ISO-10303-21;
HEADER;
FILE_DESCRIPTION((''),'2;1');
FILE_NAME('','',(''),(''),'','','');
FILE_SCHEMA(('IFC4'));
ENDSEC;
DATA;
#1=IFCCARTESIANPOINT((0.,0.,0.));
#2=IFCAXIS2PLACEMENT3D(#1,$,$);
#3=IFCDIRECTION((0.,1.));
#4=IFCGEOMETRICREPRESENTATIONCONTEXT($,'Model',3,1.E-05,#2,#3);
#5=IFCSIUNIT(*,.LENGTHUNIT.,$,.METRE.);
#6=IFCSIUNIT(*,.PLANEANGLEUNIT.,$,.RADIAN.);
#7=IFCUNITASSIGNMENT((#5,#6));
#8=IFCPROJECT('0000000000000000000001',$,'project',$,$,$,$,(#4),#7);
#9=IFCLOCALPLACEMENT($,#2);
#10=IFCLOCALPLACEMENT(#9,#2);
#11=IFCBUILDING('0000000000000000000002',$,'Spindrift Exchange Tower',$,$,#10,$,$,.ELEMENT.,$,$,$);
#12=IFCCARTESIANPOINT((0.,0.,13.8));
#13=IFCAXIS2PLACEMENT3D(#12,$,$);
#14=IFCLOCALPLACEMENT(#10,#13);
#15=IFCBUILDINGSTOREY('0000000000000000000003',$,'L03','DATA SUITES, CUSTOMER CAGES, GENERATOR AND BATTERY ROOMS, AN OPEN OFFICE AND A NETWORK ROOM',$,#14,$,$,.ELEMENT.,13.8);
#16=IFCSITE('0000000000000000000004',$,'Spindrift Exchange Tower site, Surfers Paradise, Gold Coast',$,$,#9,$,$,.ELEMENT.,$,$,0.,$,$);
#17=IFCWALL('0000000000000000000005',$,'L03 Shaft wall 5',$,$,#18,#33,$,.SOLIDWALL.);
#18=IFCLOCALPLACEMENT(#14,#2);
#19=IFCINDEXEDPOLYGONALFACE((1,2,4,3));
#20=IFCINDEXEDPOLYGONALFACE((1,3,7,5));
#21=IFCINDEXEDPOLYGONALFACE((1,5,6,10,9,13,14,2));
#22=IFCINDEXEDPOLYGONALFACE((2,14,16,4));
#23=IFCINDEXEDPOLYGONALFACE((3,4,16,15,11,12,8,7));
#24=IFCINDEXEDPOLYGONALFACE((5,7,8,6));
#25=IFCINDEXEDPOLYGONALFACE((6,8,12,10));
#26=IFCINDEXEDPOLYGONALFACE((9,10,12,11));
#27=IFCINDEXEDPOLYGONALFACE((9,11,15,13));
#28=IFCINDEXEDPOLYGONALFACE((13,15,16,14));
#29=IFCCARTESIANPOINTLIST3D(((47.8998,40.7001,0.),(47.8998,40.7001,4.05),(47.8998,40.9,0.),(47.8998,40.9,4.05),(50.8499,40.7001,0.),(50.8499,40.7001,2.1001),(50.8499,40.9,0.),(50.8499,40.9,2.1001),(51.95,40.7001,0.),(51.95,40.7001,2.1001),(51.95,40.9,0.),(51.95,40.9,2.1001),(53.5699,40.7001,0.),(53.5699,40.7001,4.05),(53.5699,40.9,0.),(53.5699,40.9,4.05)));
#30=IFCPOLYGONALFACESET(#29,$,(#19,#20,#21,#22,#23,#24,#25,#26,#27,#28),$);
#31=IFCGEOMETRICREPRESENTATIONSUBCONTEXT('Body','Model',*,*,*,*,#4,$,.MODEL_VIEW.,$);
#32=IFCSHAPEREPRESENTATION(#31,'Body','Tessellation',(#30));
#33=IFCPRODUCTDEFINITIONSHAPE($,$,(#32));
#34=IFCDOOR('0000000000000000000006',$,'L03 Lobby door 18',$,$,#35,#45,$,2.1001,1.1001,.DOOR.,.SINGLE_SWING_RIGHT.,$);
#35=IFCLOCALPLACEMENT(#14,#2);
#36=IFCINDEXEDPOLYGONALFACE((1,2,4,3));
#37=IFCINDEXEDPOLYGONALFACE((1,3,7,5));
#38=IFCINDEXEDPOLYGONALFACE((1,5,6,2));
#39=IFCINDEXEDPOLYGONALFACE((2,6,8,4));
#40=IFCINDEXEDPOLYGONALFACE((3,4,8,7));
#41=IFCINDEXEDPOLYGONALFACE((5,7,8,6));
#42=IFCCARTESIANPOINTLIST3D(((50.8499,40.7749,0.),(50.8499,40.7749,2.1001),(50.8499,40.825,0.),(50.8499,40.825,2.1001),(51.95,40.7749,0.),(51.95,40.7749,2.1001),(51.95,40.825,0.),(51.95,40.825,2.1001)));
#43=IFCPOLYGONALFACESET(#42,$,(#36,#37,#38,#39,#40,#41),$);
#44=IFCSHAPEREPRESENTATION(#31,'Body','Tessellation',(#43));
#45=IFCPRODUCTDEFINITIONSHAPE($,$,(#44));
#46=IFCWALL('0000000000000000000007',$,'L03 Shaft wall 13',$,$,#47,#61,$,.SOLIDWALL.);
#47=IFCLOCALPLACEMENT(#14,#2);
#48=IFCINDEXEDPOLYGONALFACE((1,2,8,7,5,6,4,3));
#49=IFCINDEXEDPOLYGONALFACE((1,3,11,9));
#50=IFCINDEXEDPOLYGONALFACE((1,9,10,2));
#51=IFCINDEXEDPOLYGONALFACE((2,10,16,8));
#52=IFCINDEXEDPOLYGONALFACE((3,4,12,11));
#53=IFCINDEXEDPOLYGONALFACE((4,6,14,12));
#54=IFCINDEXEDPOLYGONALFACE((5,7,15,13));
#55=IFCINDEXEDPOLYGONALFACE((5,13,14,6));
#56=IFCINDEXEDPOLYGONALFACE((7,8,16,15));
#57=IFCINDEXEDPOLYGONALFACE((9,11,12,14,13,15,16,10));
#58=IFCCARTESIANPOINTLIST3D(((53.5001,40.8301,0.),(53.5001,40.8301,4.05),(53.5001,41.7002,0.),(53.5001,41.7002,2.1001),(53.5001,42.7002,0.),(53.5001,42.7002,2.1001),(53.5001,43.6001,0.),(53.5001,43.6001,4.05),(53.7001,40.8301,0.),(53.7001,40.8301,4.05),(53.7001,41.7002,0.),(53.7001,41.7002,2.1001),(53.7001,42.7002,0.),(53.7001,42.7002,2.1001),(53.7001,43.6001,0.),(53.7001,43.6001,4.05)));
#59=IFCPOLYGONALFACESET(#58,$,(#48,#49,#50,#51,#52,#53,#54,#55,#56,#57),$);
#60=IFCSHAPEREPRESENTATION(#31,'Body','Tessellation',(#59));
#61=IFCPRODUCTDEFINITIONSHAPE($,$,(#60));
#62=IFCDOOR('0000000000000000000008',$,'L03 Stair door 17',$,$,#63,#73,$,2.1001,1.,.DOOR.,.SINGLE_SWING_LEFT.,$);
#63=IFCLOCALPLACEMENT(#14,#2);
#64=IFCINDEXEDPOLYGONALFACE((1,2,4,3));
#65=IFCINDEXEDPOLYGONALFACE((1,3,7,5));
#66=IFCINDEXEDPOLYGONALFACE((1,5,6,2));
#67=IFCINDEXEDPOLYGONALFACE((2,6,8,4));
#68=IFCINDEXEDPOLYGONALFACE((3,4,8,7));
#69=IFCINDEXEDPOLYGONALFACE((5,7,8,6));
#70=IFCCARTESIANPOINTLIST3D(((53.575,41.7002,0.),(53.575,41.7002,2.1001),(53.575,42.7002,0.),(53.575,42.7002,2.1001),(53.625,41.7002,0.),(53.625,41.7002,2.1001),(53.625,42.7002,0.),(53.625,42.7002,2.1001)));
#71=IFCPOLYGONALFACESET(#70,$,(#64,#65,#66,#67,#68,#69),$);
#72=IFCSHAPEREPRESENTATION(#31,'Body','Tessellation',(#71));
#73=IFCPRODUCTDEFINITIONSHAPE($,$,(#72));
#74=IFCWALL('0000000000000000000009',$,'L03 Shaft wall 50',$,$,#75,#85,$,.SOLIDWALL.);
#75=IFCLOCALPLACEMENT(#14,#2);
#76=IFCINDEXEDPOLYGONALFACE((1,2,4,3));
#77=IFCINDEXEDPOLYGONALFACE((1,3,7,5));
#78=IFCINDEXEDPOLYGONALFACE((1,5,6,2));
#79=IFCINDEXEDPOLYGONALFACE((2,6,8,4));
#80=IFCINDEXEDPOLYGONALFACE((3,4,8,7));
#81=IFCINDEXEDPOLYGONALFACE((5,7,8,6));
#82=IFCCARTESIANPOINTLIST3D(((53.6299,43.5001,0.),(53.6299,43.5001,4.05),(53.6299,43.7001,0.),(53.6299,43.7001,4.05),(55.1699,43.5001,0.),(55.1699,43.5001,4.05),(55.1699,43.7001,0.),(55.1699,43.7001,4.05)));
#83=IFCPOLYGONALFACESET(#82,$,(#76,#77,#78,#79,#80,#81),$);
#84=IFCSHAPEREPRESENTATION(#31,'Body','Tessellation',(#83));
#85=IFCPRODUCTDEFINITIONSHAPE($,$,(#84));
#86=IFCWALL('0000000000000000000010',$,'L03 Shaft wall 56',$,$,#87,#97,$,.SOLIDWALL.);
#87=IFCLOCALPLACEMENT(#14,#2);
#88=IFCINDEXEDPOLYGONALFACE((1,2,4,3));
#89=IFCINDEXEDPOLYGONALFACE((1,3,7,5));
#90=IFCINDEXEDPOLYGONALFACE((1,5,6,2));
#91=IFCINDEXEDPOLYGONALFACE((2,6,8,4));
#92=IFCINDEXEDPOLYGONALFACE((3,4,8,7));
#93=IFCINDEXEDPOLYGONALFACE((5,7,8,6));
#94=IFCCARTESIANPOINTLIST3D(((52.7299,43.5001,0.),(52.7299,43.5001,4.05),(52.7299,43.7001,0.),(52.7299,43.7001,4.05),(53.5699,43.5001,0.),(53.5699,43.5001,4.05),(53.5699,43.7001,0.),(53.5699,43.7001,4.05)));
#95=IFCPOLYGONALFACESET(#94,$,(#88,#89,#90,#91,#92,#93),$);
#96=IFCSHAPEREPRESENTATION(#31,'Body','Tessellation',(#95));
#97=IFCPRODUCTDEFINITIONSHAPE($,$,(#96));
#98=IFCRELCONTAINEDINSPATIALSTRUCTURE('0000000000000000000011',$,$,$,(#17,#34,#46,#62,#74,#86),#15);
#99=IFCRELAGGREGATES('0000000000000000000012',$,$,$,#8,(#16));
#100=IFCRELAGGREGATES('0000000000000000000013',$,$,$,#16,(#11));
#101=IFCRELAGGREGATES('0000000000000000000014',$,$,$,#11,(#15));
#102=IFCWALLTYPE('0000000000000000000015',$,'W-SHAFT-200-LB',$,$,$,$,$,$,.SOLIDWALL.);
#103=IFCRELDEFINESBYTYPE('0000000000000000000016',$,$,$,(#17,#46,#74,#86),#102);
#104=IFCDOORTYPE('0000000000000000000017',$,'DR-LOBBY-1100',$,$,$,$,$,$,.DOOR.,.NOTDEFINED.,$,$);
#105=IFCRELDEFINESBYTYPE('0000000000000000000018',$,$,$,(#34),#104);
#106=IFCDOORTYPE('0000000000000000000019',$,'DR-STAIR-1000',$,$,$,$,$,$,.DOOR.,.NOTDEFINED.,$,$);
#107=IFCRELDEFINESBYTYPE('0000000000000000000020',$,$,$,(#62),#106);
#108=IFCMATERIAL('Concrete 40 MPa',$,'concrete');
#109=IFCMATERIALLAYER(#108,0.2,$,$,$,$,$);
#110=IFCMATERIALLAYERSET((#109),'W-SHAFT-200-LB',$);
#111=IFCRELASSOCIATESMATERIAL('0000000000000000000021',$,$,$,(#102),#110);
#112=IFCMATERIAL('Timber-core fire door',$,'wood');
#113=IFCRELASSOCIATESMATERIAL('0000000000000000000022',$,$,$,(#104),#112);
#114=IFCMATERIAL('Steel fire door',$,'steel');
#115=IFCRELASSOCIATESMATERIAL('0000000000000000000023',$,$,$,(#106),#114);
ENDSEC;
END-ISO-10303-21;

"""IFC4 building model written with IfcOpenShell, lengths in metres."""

from ifc_helpers import new_model, si_unit, direction, frame, frame_2d, origin, place, context, subcontext, project, spatial, rectangle, extrude, source, transform, mapped, material, layer, layer_set, type_object, element, fill, save


model = new_model("IFC4")

# Units and contexts
model_context = context("Model", 3, precision=1e-05, world=origin(), true_north=direction((0.0, 1.0)))
body_context = subcontext(model_context, "Body", "Model", "MODEL_VIEW")
ifc_project = project(units=[si_unit("LENGTHUNIT", "METRE"), si_unit("PLANEANGLEUNIT", "RADIAN")], contexts=[model_context])

# Site, building, storey
site_placement = place(None, origin())
site = spatial("IfcSite", under=ifc_project, at=site_placement, Name="Spindrift Exchange Tower site, Surfers Paradise, Gold Coast", CompositionType="ELEMENT", RefElevation=0.0)
building_placement = place(site_placement, origin())
building = spatial("IfcBuilding", under=site, at=building_placement, Name="Spindrift Exchange Tower", CompositionType="ELEMENT")
storey_placement = place(building_placement, frame((0.0, 0.0, 13.8)))
storey = spatial("IfcBuildingStorey", under=building, at=storey_placement, Name="L03", Description="DATA SUITES, CUSTOMER CAGES, GENERATOR AND BATTERY ROOMS, AN OPEN OFFICE AND A NETWORK ROOM", CompositionType="ELEMENT", Elevation=13.8)

# Shared definitions
ifc_material_1 = material(Name="Concrete 40 MPa", Category="concrete")

# Walls, openings, doors
ifc_layer_1 = layer(ifc_material_1, 0.2)
ifc_layer_set_1 = layer_set([ifc_layer_1], Name="W-SHAFT-200-LB")
wall_type_1 = type_object("IfcWallType", Name="W-SHAFT-200-LB", PredefinedType="SOLIDWALL", material=ifc_layer_set_1)
ifc_material_2 = material(Name="Steel fire door", Category="steel")
wall_1_placement = place(storey_placement, frame((47.8999, 40.8, 0.0), z_axis=(0.0, 0.0, 1.0), x_axis=(1.0, 0.0, 0.0)))
wall_1 = element("IfcWall", 1, at=wall_1_placement, inside=storey, type_object=wall_type_1, Name="L03 Shaft wall 5", PredefinedType="SOLIDWALL", context=body_context, shape_type="SweptSolid", body=[
    extrude(rectangle(XDim=5.6702, YDim=0.2, at=frame_2d((2.835, 0.0))), origin(), (0.0, 0.0, 1.0), 4.05),
])
opening_1_placement = place(wall_1_placement, frame((2.95, 0.0, 0.0)))
opening_1 = element("IfcOpeningElement", 2, at=opening_1_placement, cuts=wall_1, PredefinedType="OPENING", context=body_context, shape_type="SweptSolid", body=[
    extrude(rectangle(XDim=1.1001, YDim=2.1001, at=frame_2d((0.55, 1.05))), frame((0.0, 0.1099, 0.0), z_axis=(0.0, -1.0, 0.0), x_axis=(1.0, 0.0, 0.0)), (0.0, 0.0, 1.0), 0.22),
])
ifc_material_3 = material(Name="Timber-core fire door", Category="wood")
door_type_1 = type_object("IfcDoorType", Name="DR-LOBBY-1100", OperationType="NOTDEFINED", PredefinedType="DOOR", material=ifc_material_3)
shared_shape_1 = source(origin(), body_context, "Body", "SweptSolid", [
    extrude(rectangle(XDim=1.1001, YDim=2.1001, at=frame_2d((0.55, 1.05))), frame((0.0, 0.0249, 0.0), z_axis=(0.0, -1.0, 0.0), x_axis=(1.0, 0.0, 0.0)), (0.0, 0.0, 1.0), 0.05),
])
door_1_placement = place(opening_1_placement, origin())
door_1 = element("IfcDoor", 3, at=door_1_placement, inside=storey, type_object=door_type_1, Name="L03 Lobby door 18", OperationType="SINGLE_SWING_RIGHT", OverallHeight=2.1001, OverallWidth=1.1001, PredefinedType="DOOR", context=body_context, shape_type="MappedRepresentation", body=[
    mapped(shared_shape_1, transform((0.0, 0.0, 0.0), scale=1.0)),
])
fill(opening_1, door_1)
wall_2_placement = place(storey_placement, frame((53.6001, 43.6001, 0.0), z_axis=(0.0, 0.0, 1.0), x_axis=(0.0, -1.0, 0.0)))
wall_2 = element("IfcWall", 4, at=wall_2_placement, inside=storey, type_object=wall_type_1, Name="L03 Shaft wall 13", PredefinedType="SOLIDWALL", context=body_context, shape_type="SweptSolid", body=[
    extrude(rectangle(XDim=2.77, YDim=0.2, at=frame_2d((1.385, 0.0))), origin(), (0.0, 0.0, 1.0), 4.05),
])
opening_2_placement = place(wall_2_placement, frame((0.8999, 0.0, 0.0)))
opening_2 = element("IfcOpeningElement", 5, at=opening_2_placement, cuts=wall_2, PredefinedType="OPENING", context=body_context, shape_type="SweptSolid", body=[
    extrude(rectangle(XDim=1.0, YDim=2.1001, at=frame_2d((0.5, 1.05))), frame((0.0, 0.1099, 0.0), z_axis=(0.0, -1.0, 0.0), x_axis=(1.0, 0.0, 0.0)), (0.0, 0.0, 1.0), 0.22),
])
door_type_2 = type_object("IfcDoorType", Name="DR-STAIR-1000", OperationType="NOTDEFINED", PredefinedType="DOOR", material=ifc_material_2)
shared_shape_2 = source(origin(), body_context, "Body", "SweptSolid", [
    extrude(rectangle(XDim=1.0, YDim=2.1001, at=frame_2d((0.5, 1.05))), frame((0.0, 0.0249, 0.0), z_axis=(0.0, -1.0, 0.0), x_axis=(1.0, 0.0, 0.0)), (0.0, 0.0, 1.0), 0.05),
])
door_2_placement = place(opening_2_placement, origin())
door_2 = element("IfcDoor", 6, at=door_2_placement, inside=storey, type_object=door_type_2, Name="L03 Stair door 17", OperationType="SINGLE_SWING_LEFT", OverallHeight=2.1001, OverallWidth=1.0, PredefinedType="DOOR", context=body_context, shape_type="MappedRepresentation", body=[
    mapped(shared_shape_2, transform((0.0, 0.0, 0.0), scale=1.0)),
])
fill(opening_2, door_2)

# Walls
wall_3_placement = place(storey_placement, frame((53.6299, 43.6001, 0.0), z_axis=(0.0, 0.0, 1.0), x_axis=(1.0, 0.0, 0.0)))
element("IfcWall", 7, at=wall_3_placement, inside=storey, type_object=wall_type_1, Name="L03 Shaft wall 50", PredefinedType="SOLIDWALL", context=body_context, shape_type="SweptSolid", body=[
    extrude(rectangle(XDim=1.54, YDim=0.2, at=frame_2d((0.77, 0.0))), origin(), (0.0, 0.0, 1.0), 4.05),
])
wall_4_placement = place(storey_placement, frame((52.73, 43.6001, 0.0), z_axis=(0.0, 0.0, 1.0), x_axis=(1.0, 0.0, 0.0)))
element("IfcWall", 8, at=wall_4_placement, inside=storey, type_object=wall_type_1, Name="L03 Shaft wall 56", PredefinedType="SOLIDWALL", context=body_context, shape_type="SweptSolid", body=[
    extrude(rectangle(XDim=0.8401, YDim=0.2, at=frame_2d((0.4199, 0.0))), origin(), (0.0, 0.0, 1.0), 4.05),
])

save(model, "model.ifc")
